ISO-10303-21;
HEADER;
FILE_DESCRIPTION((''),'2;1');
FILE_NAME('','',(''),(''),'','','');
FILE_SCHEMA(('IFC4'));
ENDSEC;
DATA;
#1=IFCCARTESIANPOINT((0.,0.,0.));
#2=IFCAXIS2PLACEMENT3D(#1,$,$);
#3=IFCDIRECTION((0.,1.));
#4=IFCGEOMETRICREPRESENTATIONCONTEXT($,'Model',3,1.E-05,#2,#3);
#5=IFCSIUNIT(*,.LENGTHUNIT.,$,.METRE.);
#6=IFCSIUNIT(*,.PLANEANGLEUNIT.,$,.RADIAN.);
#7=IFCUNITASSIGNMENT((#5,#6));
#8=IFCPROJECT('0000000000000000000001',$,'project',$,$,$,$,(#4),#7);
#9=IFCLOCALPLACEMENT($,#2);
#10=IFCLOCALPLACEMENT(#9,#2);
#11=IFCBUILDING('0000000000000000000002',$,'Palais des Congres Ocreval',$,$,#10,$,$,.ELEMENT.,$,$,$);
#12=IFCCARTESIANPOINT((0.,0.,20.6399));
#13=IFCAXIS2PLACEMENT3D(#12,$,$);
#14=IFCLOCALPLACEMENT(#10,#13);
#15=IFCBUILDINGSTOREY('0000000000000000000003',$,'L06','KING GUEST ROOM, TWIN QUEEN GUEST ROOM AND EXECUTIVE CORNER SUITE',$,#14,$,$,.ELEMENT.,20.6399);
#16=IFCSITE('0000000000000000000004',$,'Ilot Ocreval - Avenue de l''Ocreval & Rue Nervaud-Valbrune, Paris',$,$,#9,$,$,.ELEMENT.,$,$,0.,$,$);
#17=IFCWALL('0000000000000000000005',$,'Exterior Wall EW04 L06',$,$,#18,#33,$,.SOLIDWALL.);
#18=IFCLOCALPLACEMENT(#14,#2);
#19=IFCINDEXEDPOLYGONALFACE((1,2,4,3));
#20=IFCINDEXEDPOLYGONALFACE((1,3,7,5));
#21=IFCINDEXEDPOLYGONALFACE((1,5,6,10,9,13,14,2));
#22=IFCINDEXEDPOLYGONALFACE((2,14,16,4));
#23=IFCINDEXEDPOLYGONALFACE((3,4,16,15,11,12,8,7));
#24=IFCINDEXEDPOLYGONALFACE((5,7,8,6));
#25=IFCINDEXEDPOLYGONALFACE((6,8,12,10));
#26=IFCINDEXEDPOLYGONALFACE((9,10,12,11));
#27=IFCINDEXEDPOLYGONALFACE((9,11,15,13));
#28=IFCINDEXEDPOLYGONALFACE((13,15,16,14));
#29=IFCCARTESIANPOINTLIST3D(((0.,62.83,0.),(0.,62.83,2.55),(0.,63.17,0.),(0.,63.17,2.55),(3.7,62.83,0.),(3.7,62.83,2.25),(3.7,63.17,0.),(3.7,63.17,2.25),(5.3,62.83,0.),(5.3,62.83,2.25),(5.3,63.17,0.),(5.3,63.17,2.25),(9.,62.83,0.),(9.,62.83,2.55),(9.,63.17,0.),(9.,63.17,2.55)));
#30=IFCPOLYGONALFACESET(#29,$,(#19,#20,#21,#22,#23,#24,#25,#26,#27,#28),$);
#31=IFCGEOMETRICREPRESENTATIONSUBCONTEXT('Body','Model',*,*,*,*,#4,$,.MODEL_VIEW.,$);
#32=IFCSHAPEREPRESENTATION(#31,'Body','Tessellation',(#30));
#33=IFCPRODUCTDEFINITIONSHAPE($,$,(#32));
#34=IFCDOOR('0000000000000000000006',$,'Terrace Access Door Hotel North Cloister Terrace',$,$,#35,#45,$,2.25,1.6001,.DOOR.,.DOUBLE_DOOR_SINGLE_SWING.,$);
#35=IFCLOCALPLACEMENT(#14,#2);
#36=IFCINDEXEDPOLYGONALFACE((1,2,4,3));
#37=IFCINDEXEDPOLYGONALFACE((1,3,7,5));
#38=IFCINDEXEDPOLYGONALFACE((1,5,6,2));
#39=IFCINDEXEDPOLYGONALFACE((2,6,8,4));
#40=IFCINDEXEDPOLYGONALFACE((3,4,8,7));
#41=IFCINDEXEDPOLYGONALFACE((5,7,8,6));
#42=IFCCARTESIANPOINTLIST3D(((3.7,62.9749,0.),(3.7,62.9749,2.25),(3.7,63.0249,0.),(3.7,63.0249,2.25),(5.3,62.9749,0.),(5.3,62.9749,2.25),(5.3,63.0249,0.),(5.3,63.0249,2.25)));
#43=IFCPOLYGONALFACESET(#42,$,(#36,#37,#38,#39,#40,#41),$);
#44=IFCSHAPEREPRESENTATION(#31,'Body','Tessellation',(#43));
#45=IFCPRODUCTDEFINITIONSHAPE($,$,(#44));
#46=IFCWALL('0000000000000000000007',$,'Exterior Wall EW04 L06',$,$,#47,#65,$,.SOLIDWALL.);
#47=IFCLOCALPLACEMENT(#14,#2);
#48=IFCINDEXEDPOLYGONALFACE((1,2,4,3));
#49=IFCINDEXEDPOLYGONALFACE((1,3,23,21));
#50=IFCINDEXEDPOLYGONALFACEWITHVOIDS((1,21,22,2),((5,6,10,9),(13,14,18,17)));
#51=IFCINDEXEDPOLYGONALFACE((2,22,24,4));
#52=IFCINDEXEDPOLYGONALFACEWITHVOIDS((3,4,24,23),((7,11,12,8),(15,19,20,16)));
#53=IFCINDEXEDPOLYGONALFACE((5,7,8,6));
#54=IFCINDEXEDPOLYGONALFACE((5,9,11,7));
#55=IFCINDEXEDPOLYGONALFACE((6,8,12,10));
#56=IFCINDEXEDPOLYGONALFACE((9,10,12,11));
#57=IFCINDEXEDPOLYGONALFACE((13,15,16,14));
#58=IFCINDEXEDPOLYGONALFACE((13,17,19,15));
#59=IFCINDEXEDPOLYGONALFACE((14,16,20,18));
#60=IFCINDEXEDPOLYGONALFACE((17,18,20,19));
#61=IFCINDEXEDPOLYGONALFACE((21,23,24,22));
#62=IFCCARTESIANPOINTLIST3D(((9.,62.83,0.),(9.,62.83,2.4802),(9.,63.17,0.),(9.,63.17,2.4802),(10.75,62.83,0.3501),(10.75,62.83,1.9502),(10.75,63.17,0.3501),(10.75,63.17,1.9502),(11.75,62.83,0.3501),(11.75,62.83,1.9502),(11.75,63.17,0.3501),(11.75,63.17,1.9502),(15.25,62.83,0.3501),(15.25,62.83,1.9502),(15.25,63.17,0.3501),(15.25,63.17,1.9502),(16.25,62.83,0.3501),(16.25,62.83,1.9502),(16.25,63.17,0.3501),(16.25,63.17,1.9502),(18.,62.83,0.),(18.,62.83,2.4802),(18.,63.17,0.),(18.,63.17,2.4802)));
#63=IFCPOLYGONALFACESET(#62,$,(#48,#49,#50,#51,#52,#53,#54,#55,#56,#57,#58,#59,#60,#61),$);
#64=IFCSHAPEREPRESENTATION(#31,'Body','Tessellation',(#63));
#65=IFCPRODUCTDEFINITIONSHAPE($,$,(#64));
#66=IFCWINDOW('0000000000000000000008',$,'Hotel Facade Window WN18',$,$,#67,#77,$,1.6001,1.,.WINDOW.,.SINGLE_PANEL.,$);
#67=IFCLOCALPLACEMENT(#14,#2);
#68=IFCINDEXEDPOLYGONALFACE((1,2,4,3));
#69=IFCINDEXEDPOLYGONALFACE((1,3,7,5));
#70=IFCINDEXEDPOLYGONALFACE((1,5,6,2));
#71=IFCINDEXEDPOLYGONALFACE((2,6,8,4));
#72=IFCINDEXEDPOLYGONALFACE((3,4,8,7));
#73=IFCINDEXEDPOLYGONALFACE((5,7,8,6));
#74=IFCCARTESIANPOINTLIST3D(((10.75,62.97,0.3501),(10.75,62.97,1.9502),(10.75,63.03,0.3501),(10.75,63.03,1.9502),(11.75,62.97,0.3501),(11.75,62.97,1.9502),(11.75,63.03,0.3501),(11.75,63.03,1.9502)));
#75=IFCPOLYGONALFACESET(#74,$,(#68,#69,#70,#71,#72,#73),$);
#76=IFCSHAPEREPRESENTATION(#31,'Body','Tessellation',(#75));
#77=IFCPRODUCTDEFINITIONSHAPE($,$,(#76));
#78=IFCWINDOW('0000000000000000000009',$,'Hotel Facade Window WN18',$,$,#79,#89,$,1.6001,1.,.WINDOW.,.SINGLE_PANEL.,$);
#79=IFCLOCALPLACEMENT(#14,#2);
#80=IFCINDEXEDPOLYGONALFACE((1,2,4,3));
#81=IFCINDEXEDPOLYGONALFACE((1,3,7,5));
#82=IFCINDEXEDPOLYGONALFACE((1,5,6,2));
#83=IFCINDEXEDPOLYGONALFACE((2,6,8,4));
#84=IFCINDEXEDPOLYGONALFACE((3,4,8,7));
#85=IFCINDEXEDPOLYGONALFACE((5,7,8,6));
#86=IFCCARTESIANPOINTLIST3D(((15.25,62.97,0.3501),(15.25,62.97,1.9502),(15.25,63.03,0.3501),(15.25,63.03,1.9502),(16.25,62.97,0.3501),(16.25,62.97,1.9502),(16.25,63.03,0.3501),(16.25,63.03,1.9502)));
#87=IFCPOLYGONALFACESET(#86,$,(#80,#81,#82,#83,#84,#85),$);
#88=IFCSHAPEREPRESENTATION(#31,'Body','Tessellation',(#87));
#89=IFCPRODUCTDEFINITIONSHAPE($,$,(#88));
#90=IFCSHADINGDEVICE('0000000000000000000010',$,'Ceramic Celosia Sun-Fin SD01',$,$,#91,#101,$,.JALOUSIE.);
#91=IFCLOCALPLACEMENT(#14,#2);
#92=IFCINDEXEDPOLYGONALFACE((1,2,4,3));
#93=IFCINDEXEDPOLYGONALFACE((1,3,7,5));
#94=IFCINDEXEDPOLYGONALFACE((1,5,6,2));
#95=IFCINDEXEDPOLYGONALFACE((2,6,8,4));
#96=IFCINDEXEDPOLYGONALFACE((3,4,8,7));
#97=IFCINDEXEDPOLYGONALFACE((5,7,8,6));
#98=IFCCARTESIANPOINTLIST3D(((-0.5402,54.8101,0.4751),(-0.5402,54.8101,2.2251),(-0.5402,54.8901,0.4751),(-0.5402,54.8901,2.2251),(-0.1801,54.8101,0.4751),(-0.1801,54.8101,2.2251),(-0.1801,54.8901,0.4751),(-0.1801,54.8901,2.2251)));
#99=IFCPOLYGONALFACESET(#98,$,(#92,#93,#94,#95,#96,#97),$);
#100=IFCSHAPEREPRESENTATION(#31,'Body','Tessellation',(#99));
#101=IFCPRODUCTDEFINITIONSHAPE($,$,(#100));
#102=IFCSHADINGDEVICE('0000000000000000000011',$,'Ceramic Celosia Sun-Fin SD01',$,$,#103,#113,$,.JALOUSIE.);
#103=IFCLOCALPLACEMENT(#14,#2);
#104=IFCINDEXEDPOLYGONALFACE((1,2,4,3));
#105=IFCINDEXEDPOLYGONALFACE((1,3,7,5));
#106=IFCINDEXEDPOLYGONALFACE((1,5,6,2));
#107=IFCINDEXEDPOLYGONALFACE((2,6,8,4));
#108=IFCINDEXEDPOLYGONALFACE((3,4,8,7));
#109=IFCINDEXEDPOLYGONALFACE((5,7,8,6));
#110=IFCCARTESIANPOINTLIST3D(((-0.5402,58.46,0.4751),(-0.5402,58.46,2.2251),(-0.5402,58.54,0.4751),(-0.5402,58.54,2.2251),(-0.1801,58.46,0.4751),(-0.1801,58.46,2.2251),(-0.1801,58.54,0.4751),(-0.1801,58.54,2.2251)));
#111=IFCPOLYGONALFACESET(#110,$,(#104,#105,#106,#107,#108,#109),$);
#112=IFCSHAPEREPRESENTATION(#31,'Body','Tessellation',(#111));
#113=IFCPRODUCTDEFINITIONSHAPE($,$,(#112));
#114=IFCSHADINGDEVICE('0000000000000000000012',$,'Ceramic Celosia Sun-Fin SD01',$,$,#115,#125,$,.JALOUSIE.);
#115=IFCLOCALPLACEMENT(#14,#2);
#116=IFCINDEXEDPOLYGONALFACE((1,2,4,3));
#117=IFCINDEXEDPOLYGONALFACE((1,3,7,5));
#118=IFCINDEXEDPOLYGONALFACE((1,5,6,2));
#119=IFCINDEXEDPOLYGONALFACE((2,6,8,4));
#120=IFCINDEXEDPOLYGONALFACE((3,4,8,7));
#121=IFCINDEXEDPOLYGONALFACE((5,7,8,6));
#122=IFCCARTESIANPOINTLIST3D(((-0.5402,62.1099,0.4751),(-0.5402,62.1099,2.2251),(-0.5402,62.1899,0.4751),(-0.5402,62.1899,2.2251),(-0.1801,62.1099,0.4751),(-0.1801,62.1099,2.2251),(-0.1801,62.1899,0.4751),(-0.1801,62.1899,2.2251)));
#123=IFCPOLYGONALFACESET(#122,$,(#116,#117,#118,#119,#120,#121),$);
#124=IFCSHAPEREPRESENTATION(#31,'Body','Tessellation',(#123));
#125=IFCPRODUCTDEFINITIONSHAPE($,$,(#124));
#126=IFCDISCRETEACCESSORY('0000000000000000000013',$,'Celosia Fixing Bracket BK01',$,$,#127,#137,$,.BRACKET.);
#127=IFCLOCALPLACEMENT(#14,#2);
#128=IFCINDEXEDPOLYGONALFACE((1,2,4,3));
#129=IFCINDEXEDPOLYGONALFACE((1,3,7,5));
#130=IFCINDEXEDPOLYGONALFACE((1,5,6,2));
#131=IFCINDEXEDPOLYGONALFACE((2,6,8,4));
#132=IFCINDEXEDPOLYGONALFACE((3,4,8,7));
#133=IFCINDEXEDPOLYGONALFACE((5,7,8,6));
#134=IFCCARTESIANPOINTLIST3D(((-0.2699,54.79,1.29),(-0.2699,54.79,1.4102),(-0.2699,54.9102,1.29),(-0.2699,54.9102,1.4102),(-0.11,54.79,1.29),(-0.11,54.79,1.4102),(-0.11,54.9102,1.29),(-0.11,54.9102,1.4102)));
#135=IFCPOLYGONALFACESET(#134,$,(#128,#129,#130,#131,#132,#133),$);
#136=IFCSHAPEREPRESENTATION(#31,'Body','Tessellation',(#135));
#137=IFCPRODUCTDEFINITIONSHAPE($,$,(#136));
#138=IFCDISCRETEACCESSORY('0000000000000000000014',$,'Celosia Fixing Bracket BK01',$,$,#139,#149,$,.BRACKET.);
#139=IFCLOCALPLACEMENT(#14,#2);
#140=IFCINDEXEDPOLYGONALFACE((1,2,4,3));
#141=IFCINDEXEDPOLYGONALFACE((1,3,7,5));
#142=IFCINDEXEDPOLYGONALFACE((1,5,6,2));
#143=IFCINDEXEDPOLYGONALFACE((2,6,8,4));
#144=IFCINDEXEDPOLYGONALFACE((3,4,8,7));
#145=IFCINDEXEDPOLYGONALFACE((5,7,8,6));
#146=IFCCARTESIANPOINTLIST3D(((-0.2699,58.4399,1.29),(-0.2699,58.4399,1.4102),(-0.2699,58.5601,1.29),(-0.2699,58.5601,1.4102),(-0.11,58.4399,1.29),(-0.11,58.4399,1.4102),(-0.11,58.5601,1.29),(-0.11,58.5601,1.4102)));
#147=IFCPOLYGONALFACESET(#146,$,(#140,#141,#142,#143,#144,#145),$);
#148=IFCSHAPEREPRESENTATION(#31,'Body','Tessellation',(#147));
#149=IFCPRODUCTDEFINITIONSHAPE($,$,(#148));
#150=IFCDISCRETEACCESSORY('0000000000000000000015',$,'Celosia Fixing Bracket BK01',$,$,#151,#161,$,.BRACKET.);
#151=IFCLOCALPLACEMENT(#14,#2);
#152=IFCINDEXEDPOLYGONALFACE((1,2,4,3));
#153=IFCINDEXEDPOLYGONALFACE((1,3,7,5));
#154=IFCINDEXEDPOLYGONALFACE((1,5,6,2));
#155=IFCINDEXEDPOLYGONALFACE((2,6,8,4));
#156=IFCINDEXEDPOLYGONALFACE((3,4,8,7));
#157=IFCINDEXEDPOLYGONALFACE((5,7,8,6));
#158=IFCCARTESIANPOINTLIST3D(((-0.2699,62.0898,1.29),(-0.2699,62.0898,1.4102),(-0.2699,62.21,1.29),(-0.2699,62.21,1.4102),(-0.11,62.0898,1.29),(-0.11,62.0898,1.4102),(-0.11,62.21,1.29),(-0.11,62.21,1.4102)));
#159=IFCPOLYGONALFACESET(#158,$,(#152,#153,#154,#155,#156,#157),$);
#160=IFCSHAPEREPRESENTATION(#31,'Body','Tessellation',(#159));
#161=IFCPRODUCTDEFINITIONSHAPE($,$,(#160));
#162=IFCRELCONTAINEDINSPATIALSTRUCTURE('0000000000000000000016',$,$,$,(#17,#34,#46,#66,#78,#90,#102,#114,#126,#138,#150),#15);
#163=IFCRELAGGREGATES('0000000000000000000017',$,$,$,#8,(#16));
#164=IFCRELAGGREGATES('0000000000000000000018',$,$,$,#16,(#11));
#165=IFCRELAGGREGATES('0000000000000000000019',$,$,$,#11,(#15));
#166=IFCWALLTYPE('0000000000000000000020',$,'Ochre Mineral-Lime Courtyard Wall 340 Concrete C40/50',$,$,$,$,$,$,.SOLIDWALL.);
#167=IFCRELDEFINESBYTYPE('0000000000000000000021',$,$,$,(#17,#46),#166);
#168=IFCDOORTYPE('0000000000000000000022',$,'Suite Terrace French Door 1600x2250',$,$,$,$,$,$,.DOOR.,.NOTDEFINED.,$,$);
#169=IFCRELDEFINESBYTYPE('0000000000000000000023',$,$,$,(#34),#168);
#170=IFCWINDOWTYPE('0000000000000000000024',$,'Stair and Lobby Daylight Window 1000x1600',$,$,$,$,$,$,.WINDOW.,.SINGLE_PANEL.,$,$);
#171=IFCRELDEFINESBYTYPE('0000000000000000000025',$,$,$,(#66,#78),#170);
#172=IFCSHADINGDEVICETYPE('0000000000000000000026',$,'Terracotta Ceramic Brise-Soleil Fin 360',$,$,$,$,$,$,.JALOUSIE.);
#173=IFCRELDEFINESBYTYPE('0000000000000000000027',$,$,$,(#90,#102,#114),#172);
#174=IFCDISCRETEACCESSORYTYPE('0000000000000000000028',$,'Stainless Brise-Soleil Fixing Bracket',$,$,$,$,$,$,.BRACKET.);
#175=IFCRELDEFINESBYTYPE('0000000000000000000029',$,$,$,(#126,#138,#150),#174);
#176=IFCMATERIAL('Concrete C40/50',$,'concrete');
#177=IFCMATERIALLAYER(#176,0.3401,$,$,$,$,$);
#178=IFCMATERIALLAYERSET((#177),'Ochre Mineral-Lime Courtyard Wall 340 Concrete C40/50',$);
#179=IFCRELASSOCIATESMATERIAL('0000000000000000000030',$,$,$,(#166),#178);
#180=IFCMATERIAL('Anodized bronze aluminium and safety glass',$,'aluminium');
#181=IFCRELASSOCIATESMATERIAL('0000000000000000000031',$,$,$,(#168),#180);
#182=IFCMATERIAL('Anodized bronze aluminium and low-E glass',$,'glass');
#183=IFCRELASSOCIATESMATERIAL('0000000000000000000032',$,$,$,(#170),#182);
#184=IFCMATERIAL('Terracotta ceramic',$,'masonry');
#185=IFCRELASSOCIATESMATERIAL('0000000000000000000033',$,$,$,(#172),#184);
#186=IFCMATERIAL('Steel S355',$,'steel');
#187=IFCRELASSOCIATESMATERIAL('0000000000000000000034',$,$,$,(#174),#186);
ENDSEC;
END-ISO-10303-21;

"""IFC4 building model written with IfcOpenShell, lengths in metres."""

from ifc_helpers import new_model, si_unit, direction, frame, frame_2d, origin, origin_2d, place, context, subcontext, project, spatial, rectangle, extrude, material, layer, layer_set, type_object, element, fill, save


model = new_model("IFC4")

# Units and contexts
model_context = context("Model", 3, precision=1e-05, world=origin(), true_north=direction((0.0, 1.0)))
body_context = subcontext(model_context, "Body", "Model", "MODEL_VIEW")
ifc_project = project(units=[si_unit("LENGTHUNIT", "METRE"), si_unit("PLANEANGLEUNIT", "RADIAN")], contexts=[model_context])

# Site, building, storey
site_placement = place(None, origin())
site = spatial("IfcSite", under=ifc_project, at=site_placement, Name="Ilot Ocreval - Avenue de l'Ocreval & Rue Nervaud-Valbrune, Paris", CompositionType="ELEMENT", RefElevation=0.0)
building_placement = place(site_placement, origin())
building = spatial("IfcBuilding", under=site, at=building_placement, Name="Palais des Congres Ocreval", CompositionType="ELEMENT")
storey_placement = place(building_placement, frame((0.0, 0.0, 20.6399)))
storey = spatial("IfcBuildingStorey", under=building, at=storey_placement, Name="L06", Description="KING GUEST ROOM, TWIN QUEEN GUEST ROOM AND EXECUTIVE CORNER SUITE", CompositionType="ELEMENT", Elevation=20.6399)

# Shared definitions
ifc_material_1 = material(Name="Steel S355", Category="steel")
ifc_material_2 = material(Name="Concrete C40/50", Category="concrete")

# Wall, opening, door
ifc_layer_1 = layer(ifc_material_2, 0.3401)
ifc_layer_set_1 = layer_set([ifc_layer_1], Name="Ochre Mineral-Lime Courtyard Wall 340 Concrete C40/50")
wall_type_1 = type_object("IfcWallType", Name="Ochre Mineral-Lime Courtyard Wall 340 Concrete C40/50", PredefinedType="SOLIDWALL", material=ifc_layer_set_1)
wall_1_placement = place(storey_placement, frame((0.0, 63.0, 0.0), z_axis=(0.0, 0.0, 1.0), x_axis=(1.0, 0.0, 0.0)))
wall_1 = element("IfcWall", 1, at=wall_1_placement, inside=storey, type_object=wall_type_1, Name="Exterior Wall EW04 L06", PredefinedType="SOLIDWALL", context=body_context, shape_type="SweptSolid", body=[
    extrude(rectangle(XDim=9.0, YDim=0.3401, at=frame_2d((4.5, 0.0))), origin(), (0.0, 0.0, 1.0), 2.55),
])
opening_1_placement = place(wall_1_placement, frame((3.7, 0.0, 0.0)))
opening_1 = element("IfcOpeningElement", 2, at=opening_1_placement, cuts=wall_1, PredefinedType="OPENING", context=body_context, shape_type="SweptSolid", body=[
    extrude(rectangle(XDim=1.6001, YDim=2.25, at=frame_2d((0.8, 1.125))), frame((0.0, 0.1799, 0.0), z_axis=(0.0, -1.0, 0.0), x_axis=(1.0, 0.0, 0.0)), (0.0, 0.0, 1.0), 0.3601),
])
ifc_material_3 = material(Name="Anodized bronze aluminium and safety glass", Category="aluminium")
door_type_1 = type_object("IfcDoorType", Name="Suite Terrace French Door 1600x2250", OperationType="NOTDEFINED", PredefinedType="DOOR", material=ifc_material_3)
door_1_placement = place(opening_1_placement, origin())
door_1 = element("IfcDoor", 3, at=door_1_placement, inside=storey, type_object=door_type_1, Name="Terrace Access Door Hotel North Cloister Terrace", OperationType="DOUBLE_DOOR_SINGLE_SWING", OverallHeight=2.25, OverallWidth=1.6001, PredefinedType="DOOR", context=body_context, shape_type="SweptSolid", body=[
    extrude(rectangle(XDim=1.6001, YDim=2.25, at=frame_2d((0.8, 1.125))), frame((0.0, 0.0249, 0.0), z_axis=(0.0, -1.0, 0.0), x_axis=(1.0, 0.0, 0.0)), (0.0, 0.0, 1.0), 0.05),
])
fill(opening_1, door_1)

# Wall, openings, windows
wall_2_placement = place(storey_placement, frame((9.0, 63.0, 0.0), z_axis=(0.0, 0.0, 1.0), x_axis=(1.0, 0.0, 0.0)))
wall_2 = element("IfcWall", 4, at=wall_2_placement, inside=storey, type_object=wall_type_1, Name="Exterior Wall EW04 L06", PredefinedType="SOLIDWALL", context=body_context, shape_type="SweptSolid", body=[
    extrude(rectangle(XDim=9.0, YDim=0.3401, at=frame_2d((4.5, 0.0))), origin(), (0.0, 0.0, 1.0), 2.4802),
])
opening_2_placement = place(wall_2_placement, frame((1.75, 0.0, 0.3501)))
opening_2 = element("IfcOpeningElement", 5, at=opening_2_placement, cuts=wall_2, PredefinedType="OPENING", context=body_context, shape_type="SweptSolid", body=[
    extrude(rectangle(XDim=1.0, YDim=1.6001, at=frame_2d((0.5, 0.8))), frame((0.0, 0.1799, 0.0), z_axis=(0.0, -1.0, 0.0), x_axis=(1.0, 0.0, 0.0)), (0.0, 0.0, 1.0), 0.3601),
])
opening_3_placement = place(wall_2_placement, frame((6.25, 0.0, 0.3501)))
opening_3 = element("IfcOpeningElement", 6, at=opening_3_placement, cuts=wall_2, PredefinedType="OPENING", context=body_context, shape_type="SweptSolid", body=[
    extrude(rectangle(XDim=1.0, YDim=1.6001, at=frame_2d((0.5, 0.8))), frame((0.0, 0.1799, 0.0), z_axis=(0.0, -1.0, 0.0), x_axis=(1.0, 0.0, 0.0)), (0.0, 0.0, 1.0), 0.3601),
])
ifc_material_4 = material(Name="Anodized bronze aluminium and low-E glass", Category="glass")
window_type = type_object("IfcWindowType", Name="Stair and Lobby Daylight Window 1000x1600", PartitioningType="SINGLE_PANEL", PredefinedType="WINDOW", material=ifc_material_4)
window_1_placement = place(opening_2_placement, origin())
window_1 = element("IfcWindow", 7, at=window_1_placement, inside=storey, type_object=window_type, Name="Hotel Facade Window WN18", OverallHeight=1.6001, OverallWidth=1.0, PartitioningType="SINGLE_PANEL", PredefinedType="WINDOW", context=body_context, shape_type="SweptSolid", body=[
    extrude(rectangle(XDim=1.0, YDim=1.6001, at=frame_2d((0.5, 0.8))), frame((0.0, 0.03, 0.0), z_axis=(0.0, -1.0, 0.0), x_axis=(1.0, 0.0, 0.0)), (0.0, 0.0, 1.0), 0.0601),
])
fill(opening_2, window_1)
window_2_placement = place(opening_3_placement, origin())
window_2 = element("IfcWindow", 8, at=window_2_placement, inside=storey, type_object=window_type, Name="Hotel Facade Window WN18", OverallHeight=1.6001, OverallWidth=1.0, PartitioningType="SINGLE_PANEL", PredefinedType="WINDOW", context=body_context, shape_type="SweptSolid", body=[
    extrude(rectangle(XDim=1.0, YDim=1.6001, at=frame_2d((0.5, 0.8))), frame((0.0, 0.03, 0.0), z_axis=(0.0, -1.0, 0.0), x_axis=(1.0, 0.0, 0.0)), (0.0, 0.0, 1.0), 0.0601),
])
fill(opening_3, window_2)

# Shading devices
ifc_material_5 = material(Name="Terracotta ceramic", Category="masonry")
shading_device_type = type_object("IfcShadingDeviceType", Name="Terracotta Ceramic Brise-Soleil Fin 360", PredefinedType="JALOUSIE", material=ifc_material_5)
for number, where, z_axis, x_axis, name in (
    (9, (-0.3601, 54.8501, 0.4751), (0.0, 0.0, 1.0), (-1.0, 0.0, 0.0), "Ceramic Celosia Sun-Fin SD01"),
    (10, (-0.3601, 58.5, 0.4751), (0.0, 0.0, 1.0), (-1.0, 0.0, 0.0), "Ceramic Celosia Sun-Fin SD01"),
    (11, (-0.3601, 62.1499, 0.4751), (0.0, 0.0, 1.0), (-1.0, 0.0, 0.0), "Ceramic Celosia Sun-Fin SD01"),
):
    element("IfcShadingDevice", number, at=place(storey_placement, frame(where, z_axis=z_axis, x_axis=x_axis)), inside=storey, type_object=shading_device_type, Name=name, PredefinedType="JALOUSIE", context=body_context, shape_type="SweptSolid", body=[
        extrude(rectangle(XDim=0.3601, YDim=0.0801, at=origin_2d()), origin(), (0.0, 0.0, 1.0), 1.75),
    ])

# Discrete accessories
discrete_accessory_type = type_object("IfcDiscreteAccessoryType", Name="Stainless Brise-Soleil Fixing Bracket", PredefinedType="BRACKET", material=ifc_material_1)
for number, where, z_axis, x_axis, name in (
    (12, (-0.1899, 54.8501, 1.29), (0.0, 0.0, 1.0), (-1.0, 0.0, 0.0), "Celosia Fixing Bracket BK01"),
    (13, (-0.1899, 58.5, 1.29), (0.0, 0.0, 1.0), (-1.0, 0.0, 0.0), "Celosia Fixing Bracket BK01"),
    (14, (-0.1899, 62.1499, 1.29), (0.0, 0.0, 1.0), (-1.0, 0.0, 0.0), "Celosia Fixing Bracket BK01"),
):
    element("IfcDiscreteAccessory", number, at=place(storey_placement, frame(where, z_axis=z_axis, x_axis=x_axis)), inside=storey, type_object=discrete_accessory_type, Name=name, PredefinedType="BRACKET", context=body_context, shape_type="SweptSolid", body=[
        extrude(rectangle(XDim=0.1599, YDim=0.1201, at=origin_2d()), origin(), (0.0, 0.0, 1.0), 0.1201),
    ])

save(model, "model.ifc")
